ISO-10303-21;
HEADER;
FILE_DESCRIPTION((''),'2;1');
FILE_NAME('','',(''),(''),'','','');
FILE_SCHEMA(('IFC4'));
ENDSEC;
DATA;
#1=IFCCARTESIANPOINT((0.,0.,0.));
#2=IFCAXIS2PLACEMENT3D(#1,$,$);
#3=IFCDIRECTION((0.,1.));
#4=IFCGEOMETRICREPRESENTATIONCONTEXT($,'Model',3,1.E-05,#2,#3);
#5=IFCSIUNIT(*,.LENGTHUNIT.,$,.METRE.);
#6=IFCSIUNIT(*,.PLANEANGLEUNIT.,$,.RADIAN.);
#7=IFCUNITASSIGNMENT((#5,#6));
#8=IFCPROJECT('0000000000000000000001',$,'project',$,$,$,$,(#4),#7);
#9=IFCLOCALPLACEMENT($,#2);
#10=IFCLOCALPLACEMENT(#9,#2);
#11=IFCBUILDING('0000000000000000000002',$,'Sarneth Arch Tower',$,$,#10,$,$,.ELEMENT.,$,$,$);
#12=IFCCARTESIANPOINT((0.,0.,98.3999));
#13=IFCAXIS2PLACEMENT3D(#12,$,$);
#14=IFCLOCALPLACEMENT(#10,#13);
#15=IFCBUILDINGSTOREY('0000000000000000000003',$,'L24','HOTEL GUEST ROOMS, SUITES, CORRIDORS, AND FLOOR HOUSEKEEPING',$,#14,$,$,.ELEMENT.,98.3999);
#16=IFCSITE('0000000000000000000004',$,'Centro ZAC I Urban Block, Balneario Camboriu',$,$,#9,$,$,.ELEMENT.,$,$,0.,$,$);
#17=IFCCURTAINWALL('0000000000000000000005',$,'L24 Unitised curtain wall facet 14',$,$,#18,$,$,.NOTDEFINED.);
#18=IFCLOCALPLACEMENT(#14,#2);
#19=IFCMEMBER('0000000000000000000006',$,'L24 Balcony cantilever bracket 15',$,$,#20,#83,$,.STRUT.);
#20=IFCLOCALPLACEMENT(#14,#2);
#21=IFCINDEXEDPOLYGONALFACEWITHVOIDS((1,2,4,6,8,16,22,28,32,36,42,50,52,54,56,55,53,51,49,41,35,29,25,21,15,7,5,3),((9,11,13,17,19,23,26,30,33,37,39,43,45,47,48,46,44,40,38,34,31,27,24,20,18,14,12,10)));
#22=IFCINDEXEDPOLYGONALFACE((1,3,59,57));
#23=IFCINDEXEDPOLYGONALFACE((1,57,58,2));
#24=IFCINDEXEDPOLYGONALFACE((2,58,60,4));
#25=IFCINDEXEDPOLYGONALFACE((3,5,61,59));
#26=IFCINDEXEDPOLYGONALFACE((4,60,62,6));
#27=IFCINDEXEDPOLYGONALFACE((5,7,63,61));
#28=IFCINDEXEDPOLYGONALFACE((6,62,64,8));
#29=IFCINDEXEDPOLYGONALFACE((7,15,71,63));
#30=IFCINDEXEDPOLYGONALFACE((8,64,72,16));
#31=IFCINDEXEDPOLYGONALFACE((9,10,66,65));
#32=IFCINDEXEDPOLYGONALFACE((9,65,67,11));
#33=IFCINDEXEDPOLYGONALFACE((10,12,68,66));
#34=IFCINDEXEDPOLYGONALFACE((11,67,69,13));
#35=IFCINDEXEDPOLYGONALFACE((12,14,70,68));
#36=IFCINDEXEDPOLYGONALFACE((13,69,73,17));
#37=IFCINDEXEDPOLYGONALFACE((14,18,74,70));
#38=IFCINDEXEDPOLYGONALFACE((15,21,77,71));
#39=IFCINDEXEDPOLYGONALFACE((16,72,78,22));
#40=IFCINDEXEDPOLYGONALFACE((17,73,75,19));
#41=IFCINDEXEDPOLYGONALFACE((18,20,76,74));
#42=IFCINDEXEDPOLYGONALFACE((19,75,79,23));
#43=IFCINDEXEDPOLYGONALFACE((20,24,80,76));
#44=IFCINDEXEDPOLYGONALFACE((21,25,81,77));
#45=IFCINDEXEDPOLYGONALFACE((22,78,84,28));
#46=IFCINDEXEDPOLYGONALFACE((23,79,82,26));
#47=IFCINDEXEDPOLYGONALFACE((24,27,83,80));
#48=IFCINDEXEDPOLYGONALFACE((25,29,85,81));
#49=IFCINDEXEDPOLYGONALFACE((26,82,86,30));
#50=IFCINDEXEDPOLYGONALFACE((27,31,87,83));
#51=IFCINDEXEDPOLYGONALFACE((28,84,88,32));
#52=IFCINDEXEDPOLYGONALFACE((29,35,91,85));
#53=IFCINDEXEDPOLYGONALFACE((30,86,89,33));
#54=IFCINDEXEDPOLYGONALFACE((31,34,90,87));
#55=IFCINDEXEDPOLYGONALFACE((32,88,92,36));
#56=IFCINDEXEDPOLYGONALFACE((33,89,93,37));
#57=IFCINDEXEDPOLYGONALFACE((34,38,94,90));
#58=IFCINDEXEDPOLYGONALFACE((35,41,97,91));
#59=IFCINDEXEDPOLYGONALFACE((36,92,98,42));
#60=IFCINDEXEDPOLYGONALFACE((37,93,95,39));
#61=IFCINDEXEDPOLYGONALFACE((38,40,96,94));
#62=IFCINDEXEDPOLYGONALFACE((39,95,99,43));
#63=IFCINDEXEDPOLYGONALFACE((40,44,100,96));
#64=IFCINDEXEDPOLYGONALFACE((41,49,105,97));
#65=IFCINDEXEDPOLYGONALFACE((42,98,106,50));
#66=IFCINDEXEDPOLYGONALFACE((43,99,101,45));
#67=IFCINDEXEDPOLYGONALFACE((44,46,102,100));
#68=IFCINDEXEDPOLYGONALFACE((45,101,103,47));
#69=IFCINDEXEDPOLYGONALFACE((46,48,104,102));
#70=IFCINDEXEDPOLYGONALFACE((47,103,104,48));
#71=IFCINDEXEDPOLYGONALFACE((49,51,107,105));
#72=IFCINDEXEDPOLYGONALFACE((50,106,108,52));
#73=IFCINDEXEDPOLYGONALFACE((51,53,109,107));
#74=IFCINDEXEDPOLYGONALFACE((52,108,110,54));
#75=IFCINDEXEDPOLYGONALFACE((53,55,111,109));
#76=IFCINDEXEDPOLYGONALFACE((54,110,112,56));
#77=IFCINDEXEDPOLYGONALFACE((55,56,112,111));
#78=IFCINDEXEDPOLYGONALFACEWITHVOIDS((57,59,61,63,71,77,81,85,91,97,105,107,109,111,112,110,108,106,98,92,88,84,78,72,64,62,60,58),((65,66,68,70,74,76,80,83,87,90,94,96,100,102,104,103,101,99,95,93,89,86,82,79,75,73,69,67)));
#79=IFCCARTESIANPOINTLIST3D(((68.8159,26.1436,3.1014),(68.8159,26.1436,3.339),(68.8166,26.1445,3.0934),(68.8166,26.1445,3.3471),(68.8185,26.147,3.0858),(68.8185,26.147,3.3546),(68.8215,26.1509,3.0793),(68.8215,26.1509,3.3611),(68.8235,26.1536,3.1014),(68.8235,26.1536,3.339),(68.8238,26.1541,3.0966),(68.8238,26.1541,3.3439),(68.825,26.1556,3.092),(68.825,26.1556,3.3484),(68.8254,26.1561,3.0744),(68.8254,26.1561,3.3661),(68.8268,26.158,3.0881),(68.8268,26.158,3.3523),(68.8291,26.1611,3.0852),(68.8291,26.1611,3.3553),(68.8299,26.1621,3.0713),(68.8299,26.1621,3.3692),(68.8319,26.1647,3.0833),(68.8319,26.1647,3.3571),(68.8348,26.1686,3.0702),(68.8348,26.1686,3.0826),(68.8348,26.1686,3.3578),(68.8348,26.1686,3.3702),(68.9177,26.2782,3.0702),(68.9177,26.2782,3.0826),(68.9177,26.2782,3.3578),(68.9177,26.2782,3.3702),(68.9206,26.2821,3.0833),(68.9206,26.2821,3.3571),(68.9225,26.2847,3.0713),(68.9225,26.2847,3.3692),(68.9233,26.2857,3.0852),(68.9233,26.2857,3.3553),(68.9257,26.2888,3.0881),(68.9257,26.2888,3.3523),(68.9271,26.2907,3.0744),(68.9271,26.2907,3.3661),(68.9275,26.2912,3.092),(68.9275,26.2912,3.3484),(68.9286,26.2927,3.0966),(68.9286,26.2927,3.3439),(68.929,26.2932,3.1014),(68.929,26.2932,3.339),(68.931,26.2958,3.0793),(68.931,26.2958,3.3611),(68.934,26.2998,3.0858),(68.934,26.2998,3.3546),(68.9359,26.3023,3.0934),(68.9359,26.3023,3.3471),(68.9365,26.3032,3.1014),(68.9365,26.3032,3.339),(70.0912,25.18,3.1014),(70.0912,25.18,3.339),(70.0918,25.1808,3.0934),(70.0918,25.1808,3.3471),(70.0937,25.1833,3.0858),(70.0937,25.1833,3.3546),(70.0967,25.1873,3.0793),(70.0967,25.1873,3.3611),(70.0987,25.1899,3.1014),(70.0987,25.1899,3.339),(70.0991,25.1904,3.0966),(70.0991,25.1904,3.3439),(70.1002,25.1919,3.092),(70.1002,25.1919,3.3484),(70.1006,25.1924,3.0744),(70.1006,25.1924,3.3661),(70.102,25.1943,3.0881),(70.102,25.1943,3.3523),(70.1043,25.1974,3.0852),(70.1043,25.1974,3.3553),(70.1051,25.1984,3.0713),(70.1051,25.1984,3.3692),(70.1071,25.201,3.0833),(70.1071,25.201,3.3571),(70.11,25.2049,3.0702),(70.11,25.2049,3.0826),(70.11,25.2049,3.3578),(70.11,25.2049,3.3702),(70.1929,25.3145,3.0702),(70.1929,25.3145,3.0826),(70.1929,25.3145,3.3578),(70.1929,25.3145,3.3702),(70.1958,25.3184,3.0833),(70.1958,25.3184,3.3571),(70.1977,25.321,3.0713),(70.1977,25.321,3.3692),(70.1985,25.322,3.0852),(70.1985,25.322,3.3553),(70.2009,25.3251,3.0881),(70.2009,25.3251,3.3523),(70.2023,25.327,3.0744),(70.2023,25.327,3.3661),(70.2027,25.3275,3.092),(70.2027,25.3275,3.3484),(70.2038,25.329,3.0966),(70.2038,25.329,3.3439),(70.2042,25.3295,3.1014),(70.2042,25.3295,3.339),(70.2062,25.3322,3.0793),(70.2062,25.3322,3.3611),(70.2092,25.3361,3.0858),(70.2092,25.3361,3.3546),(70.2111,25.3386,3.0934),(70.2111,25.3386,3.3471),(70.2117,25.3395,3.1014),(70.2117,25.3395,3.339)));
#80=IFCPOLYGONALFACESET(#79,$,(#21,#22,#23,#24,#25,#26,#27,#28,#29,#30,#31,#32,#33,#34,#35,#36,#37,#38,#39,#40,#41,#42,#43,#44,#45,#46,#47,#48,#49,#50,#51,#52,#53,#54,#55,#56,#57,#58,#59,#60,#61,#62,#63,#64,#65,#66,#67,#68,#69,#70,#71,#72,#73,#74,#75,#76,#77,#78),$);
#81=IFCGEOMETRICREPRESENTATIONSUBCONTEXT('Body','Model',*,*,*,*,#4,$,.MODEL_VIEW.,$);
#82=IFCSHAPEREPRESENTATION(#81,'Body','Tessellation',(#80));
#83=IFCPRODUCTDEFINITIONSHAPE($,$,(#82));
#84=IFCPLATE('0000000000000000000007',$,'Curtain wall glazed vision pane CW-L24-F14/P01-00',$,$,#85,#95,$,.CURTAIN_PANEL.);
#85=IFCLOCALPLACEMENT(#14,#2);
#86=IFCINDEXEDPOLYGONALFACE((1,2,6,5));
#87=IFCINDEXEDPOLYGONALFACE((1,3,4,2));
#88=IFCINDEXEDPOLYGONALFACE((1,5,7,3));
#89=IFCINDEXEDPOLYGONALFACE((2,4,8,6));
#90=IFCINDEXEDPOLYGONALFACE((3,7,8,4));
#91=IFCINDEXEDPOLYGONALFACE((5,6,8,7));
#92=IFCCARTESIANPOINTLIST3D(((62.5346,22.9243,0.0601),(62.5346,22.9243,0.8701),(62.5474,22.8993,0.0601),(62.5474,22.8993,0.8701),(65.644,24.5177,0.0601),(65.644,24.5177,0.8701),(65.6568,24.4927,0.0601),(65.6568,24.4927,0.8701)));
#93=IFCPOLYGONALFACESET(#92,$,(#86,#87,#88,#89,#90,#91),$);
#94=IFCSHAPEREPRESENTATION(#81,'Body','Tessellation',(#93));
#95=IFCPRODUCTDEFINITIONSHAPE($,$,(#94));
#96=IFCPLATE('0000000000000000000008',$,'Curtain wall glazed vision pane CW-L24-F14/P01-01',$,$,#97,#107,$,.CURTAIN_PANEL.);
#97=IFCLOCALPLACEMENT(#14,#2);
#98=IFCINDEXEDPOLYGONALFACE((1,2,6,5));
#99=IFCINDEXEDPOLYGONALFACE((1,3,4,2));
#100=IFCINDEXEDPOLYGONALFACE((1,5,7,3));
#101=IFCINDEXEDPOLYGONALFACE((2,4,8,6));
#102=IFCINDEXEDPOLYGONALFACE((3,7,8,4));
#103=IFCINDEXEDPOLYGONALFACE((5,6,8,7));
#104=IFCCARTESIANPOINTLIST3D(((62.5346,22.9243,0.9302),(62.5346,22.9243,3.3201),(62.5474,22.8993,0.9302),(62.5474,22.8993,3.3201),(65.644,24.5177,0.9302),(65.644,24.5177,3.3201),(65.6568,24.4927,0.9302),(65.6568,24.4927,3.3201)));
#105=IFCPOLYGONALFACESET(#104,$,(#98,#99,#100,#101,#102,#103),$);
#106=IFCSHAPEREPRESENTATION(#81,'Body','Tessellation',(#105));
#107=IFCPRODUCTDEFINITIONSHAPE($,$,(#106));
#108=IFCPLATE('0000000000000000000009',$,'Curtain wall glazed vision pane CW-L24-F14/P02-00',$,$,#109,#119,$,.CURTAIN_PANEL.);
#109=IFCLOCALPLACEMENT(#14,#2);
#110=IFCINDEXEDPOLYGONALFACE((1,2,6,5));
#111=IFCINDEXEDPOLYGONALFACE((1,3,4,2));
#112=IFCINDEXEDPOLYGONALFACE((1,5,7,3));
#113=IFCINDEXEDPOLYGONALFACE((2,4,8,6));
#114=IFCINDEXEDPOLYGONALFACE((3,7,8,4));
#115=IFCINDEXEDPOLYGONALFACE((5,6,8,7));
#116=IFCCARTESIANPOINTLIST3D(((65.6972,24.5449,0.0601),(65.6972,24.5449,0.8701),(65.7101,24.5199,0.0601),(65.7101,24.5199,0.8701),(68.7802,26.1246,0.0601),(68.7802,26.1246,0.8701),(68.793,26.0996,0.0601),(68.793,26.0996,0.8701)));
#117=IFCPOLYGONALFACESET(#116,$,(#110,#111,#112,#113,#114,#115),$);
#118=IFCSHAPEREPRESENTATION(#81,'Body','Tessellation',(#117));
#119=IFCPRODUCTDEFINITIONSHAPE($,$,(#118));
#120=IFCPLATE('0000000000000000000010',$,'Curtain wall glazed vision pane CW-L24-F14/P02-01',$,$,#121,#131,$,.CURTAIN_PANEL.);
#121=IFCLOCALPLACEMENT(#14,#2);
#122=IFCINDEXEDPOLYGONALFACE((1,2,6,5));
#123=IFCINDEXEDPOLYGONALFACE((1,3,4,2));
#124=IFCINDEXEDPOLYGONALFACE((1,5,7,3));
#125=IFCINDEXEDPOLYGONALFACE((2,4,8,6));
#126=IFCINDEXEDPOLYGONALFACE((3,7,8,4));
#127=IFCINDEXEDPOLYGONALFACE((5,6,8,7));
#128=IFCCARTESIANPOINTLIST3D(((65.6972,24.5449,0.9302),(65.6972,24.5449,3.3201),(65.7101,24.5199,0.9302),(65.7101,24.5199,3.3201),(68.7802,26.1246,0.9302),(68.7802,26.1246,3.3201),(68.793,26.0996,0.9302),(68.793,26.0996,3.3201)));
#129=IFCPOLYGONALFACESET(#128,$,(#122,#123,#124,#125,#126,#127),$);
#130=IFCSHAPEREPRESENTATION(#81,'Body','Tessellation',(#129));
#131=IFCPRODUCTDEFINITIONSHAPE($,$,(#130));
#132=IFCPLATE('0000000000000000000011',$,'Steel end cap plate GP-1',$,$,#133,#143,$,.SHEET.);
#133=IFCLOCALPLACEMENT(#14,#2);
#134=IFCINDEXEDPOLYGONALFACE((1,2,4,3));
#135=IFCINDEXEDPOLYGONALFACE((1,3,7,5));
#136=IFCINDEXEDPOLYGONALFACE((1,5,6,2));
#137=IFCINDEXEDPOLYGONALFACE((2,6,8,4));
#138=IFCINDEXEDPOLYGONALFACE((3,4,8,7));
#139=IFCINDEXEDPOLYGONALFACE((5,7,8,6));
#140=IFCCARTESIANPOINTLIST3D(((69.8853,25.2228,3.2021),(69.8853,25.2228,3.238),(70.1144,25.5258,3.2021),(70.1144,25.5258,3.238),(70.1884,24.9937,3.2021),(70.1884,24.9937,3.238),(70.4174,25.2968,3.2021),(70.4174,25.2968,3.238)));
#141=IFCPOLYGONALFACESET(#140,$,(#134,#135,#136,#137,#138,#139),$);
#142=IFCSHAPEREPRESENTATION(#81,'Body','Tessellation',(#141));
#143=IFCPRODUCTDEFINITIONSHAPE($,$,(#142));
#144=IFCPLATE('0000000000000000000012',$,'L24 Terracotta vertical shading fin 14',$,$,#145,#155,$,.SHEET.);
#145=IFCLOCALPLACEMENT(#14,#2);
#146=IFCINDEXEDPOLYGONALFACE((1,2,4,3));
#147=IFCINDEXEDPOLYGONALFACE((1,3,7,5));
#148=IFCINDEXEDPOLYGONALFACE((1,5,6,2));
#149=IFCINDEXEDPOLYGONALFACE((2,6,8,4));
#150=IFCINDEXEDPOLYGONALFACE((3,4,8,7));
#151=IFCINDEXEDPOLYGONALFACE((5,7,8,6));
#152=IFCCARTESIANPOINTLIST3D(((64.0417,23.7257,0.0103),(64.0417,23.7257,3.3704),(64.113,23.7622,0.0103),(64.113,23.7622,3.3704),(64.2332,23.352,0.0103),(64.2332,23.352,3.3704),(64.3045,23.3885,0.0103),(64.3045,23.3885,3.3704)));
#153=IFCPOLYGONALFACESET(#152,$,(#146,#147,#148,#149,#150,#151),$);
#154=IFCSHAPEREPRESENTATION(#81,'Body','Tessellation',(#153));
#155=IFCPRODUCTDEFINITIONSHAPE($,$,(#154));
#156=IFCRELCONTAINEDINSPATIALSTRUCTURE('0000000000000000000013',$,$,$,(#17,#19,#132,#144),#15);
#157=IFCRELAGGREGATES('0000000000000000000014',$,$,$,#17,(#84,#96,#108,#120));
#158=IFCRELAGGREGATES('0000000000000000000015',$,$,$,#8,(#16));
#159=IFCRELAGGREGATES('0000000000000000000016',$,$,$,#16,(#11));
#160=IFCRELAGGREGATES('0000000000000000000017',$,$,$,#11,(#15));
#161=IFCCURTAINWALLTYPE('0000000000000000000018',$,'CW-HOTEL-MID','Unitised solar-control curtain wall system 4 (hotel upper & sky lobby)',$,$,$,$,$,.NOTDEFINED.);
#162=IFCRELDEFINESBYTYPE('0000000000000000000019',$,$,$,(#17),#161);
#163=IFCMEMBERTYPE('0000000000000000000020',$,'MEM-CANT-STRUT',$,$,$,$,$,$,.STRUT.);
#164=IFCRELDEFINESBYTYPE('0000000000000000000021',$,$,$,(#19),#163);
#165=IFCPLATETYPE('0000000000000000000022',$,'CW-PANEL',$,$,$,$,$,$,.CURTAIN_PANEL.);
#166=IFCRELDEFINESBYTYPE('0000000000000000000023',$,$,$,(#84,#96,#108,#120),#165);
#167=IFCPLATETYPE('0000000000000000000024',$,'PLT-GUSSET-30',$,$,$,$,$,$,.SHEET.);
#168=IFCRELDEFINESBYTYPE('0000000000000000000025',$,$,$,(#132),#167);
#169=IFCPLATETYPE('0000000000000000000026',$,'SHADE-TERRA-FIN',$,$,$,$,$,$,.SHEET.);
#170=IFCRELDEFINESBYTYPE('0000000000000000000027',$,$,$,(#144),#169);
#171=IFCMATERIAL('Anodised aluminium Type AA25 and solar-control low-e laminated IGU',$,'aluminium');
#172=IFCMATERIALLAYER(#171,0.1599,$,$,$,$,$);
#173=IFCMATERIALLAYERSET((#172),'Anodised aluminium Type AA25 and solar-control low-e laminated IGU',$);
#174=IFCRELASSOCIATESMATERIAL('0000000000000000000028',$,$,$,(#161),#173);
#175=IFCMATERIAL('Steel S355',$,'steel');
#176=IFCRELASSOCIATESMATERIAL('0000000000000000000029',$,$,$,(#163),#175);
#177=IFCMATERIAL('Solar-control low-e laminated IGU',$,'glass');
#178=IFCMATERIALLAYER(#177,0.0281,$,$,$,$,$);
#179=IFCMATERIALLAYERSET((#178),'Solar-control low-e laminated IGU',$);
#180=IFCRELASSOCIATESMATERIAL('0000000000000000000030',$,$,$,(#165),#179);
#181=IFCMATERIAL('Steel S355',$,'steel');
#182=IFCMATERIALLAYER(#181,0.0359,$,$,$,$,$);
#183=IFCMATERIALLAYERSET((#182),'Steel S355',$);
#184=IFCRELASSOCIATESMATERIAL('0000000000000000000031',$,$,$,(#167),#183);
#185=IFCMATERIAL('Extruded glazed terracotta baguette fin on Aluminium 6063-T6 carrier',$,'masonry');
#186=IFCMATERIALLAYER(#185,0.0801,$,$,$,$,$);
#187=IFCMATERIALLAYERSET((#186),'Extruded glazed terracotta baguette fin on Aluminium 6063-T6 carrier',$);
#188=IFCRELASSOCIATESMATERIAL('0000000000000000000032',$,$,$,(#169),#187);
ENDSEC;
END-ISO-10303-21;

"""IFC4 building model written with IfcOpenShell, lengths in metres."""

from ifc_helpers import new_model, si_unit, direction, frame, origin, origin_2d, place, context, subcontext, project, spatial, rectangle, hollow_rectangle, extrude, material, layer, layer_set, material_profile, profile_set, type_object, element, aggregate, save


model = new_model("IFC4")

# Units and contexts
model_context = context("Model", 3, precision=1e-05, world=origin(), true_north=direction((0.0, 1.0)))
body_context = subcontext(model_context, "Body", "Model", "MODEL_VIEW")
ifc_project = project(units=[si_unit("LENGTHUNIT", "METRE"), si_unit("PLANEANGLEUNIT", "RADIAN")], contexts=[model_context])

# Site, building, storey
site_placement = place(None, origin())
site = spatial("IfcSite", under=ifc_project, at=site_placement, Name="Centro ZAC I Urban Block, Balneario Camboriu", CompositionType="ELEMENT", RefElevation=0.0)
building_placement = place(site_placement, origin())
building = spatial("IfcBuilding", under=site, at=building_placement, Name="Sarneth Arch Tower", CompositionType="ELEMENT")
storey_placement = place(building_placement, frame((0.0, 0.0, 98.3999)))
storey = spatial("IfcBuildingStorey", under=building, at=storey_placement, Name="L24", Description="HOTEL GUEST ROOMS, SUITES, CORRIDORS, AND FLOOR HOUSEKEEPING", CompositionType="ELEMENT", Elevation=98.3999)

# Curtain wall
ifc_material_1 = material(Name="Anodised aluminium Type AA25 and solar-control low-e laminated IGU", Category="aluminium")
ifc_layer_1 = layer(ifc_material_1, 0.1599)
ifc_layer_set_1 = layer_set([ifc_layer_1], Name="Anodised aluminium Type AA25 and solar-control low-e laminated IGU")
curtain_wall_type = type_object("IfcCurtainWallType", Name="CW-HOTEL-MID", Description="Unitised solar-control curtain wall system 4 (hotel upper & sky lobby)", PredefinedType="NOTDEFINED", material=ifc_layer_set_1)
curtain_wall_placement = place(storey_placement, origin())
curtain_wall = element("IfcCurtainWall", 1, at=curtain_wall_placement, inside=storey, type_object=curtain_wall_type, Name="L24 Unitised curtain wall facet 14", PredefinedType="NOTDEFINED")

# Member
ifc_material_2 = material(Name="Steel S355", Category="steel")
ifc_material_profile_1 = material_profile(ifc_material_2, hollow_rectangle(XDim=0.2, YDim=0.3, WallThickness=0.0125, InnerFilletRadius=0.0188, OuterFilletRadius=0.0312, at=origin_2d()), Name="RHS300x200x12.5")
ifc_profile_set_1 = profile_set([ifc_material_profile_1], Name="Steel S355")
member_type_1 = type_object("IfcMemberType", Name="MEM-CANT-STRUT", PredefinedType="STRUT", material=ifc_profile_set_1)
member_1_placement = place(storey_placement, frame((68.8762, 26.2234, 3.2202), z_axis=(0.797813, -0.602904, 0.0), x_axis=(0.602904, 0.797813, 0.0)))
element("IfcMember", 2, at=member_1_placement, inside=storey, type_object=member_type_1, Name="L24 Balcony cantilever bracket 15", PredefinedType="STRUT", context=body_context, shape_type="SweptSolid", body=[
    extrude(hollow_rectangle(XDim=0.2, YDim=0.3, WallThickness=0.0125, InnerFilletRadius=0.0188, OuterFilletRadius=0.0312, at=origin_2d()), origin(), (0.0, 0.0, 1.0), 1.5984),
])

# Plates
ifc_material_3 = material(Name="Solar-control low-e laminated IGU", Category="glass")
ifc_layer_2 = layer(ifc_material_3, 0.0281)
ifc_layer_set_2 = layer_set([ifc_layer_2], Name="Solar-control low-e laminated IGU")
plate_type_1 = type_object("IfcPlateType", Name="CW-PANEL", PredefinedType="CURTAIN_PANEL", material=ifc_layer_set_2)
plate_1_placement = place(storey_placement, frame((64.0957, 23.7085, 0.0601), z_axis=(0.0, 0.0, 1.0), x_axis=(0.889964, 0.456031, 0.0)))
plate_1 = element("IfcPlate", 3, at=plate_1_placement, type_object=plate_type_1, Name="Curtain wall glazed vision pane CW-L24-F14/P01-00", PredefinedType="CURTAIN_PANEL", context=body_context, shape_type="SweptSolid", body=[
    extrude(rectangle(XDim=3.4939, YDim=0.0281, at=origin_2d()), origin(), (0.0, 0.0, 1.0), 0.8101),
])
plate_2_placement = place(storey_placement, frame((64.0957, 23.7085, 0.9302), z_axis=(0.0, 0.0, 1.0), x_axis=(0.889964, 0.456031, 0.0)))
plate_2 = element("IfcPlate", 4, at=plate_2_placement, type_object=plate_type_1, Name="Curtain wall glazed vision pane CW-L24-F14/P01-01", PredefinedType="CURTAIN_PANEL", context=body_context, shape_type="SweptSolid", body=[
    extrude(rectangle(XDim=3.4939, YDim=0.0281, at=origin_2d()), origin(), (0.0, 0.0, 1.0), 2.3899),
])
plate_3_placement = place(storey_placement, frame((67.2451, 25.3223, 0.0601), z_axis=(0.0, 0.0, 1.0), x_axis=(0.889964, 0.456031, 0.0)))
plate_3 = element("IfcPlate", 5, at=plate_3_placement, type_object=plate_type_1, Name="Curtain wall glazed vision pane CW-L24-F14/P02-00", PredefinedType="CURTAIN_PANEL", context=body_context, shape_type="SweptSolid", body=[
    extrude(rectangle(XDim=3.4641, YDim=0.0281, at=origin_2d()), origin(), (0.0, 0.0, 1.0), 0.8101),
])
plate_4_placement = place(storey_placement, frame((67.2451, 25.3223, 0.9302), z_axis=(0.0, 0.0, 1.0), x_axis=(0.889964, 0.456031, 0.0)))
plate_4 = element("IfcPlate", 6, at=plate_4_placement, type_object=plate_type_1, Name="Curtain wall glazed vision pane CW-L24-F14/P02-01", PredefinedType="CURTAIN_PANEL", context=body_context, shape_type="SweptSolid", body=[
    extrude(rectangle(XDim=3.4641, YDim=0.0281, at=origin_2d()), origin(), (0.0, 0.0, 1.0), 2.3899),
])
aggregate(curtain_wall, [plate_1, plate_2, plate_3, plate_4])

# Plates
ifc_material_4 = material(Name="Steel S355", Category="steel")
ifc_layer_3 = layer(ifc_material_4, 0.0359)
ifc_layer_set_3 = layer_set([ifc_layer_3], Name="Steel S355")
plate_type_2 = type_object("IfcPlateType", Name="PLT-GUSSET-30", PredefinedType="SHEET", material=ifc_layer_set_3)
plate_5_placement = place(storey_placement, frame((70.1514, 25.2598, 3.2021), z_axis=(0.0, 0.0, 1.0), x_axis=(0.797794, -0.60293, 0.0)))
element("IfcPlate", 7, at=plate_5_placement, inside=storey, type_object=plate_type_2, Name="Steel end cap plate GP-1", PredefinedType="SHEET", context=body_context, shape_type="SweptSolid", body=[
    extrude(rectangle(XDim=0.3799, YDim=0.3799, at=origin_2d()), origin(), (0.0, 0.0, 1.0), 0.0359),
])
ifc_material_5 = material(Name="Extruded glazed terracotta baguette fin on Aluminium 6063-T6 carrier", Category="masonry")
ifc_layer_4 = layer(ifc_material_5, 0.0801)
ifc_layer_set_4 = layer_set([ifc_layer_4], Name="Extruded glazed terracotta baguette fin on Aluminium 6063-T6 carrier")
plate_type_3 = type_object("IfcPlateType", Name="SHADE-TERRA-FIN", PredefinedType="SHEET", material=ifc_layer_set_4)
plate_6_placement = place(storey_placement, frame((64.1731, 23.5571, 0.0103), z_axis=(0.0, 0.0, 1.0), x_axis=(0.456011, -0.889974, 0.0)))
element("IfcPlate", 8, at=plate_6_placement, inside=storey, type_object=plate_type_3, Name="L24 Terracotta vertical shading fin 14", PredefinedType="SHEET", context=body_context, shape_type="SweptSolid", body=[
    extrude(rectangle(XDim=0.4199, YDim=0.0801, at=origin_2d()), origin(), (0.0, 0.0, 1.0), 3.3601),
])

save(model, "model.ifc")
